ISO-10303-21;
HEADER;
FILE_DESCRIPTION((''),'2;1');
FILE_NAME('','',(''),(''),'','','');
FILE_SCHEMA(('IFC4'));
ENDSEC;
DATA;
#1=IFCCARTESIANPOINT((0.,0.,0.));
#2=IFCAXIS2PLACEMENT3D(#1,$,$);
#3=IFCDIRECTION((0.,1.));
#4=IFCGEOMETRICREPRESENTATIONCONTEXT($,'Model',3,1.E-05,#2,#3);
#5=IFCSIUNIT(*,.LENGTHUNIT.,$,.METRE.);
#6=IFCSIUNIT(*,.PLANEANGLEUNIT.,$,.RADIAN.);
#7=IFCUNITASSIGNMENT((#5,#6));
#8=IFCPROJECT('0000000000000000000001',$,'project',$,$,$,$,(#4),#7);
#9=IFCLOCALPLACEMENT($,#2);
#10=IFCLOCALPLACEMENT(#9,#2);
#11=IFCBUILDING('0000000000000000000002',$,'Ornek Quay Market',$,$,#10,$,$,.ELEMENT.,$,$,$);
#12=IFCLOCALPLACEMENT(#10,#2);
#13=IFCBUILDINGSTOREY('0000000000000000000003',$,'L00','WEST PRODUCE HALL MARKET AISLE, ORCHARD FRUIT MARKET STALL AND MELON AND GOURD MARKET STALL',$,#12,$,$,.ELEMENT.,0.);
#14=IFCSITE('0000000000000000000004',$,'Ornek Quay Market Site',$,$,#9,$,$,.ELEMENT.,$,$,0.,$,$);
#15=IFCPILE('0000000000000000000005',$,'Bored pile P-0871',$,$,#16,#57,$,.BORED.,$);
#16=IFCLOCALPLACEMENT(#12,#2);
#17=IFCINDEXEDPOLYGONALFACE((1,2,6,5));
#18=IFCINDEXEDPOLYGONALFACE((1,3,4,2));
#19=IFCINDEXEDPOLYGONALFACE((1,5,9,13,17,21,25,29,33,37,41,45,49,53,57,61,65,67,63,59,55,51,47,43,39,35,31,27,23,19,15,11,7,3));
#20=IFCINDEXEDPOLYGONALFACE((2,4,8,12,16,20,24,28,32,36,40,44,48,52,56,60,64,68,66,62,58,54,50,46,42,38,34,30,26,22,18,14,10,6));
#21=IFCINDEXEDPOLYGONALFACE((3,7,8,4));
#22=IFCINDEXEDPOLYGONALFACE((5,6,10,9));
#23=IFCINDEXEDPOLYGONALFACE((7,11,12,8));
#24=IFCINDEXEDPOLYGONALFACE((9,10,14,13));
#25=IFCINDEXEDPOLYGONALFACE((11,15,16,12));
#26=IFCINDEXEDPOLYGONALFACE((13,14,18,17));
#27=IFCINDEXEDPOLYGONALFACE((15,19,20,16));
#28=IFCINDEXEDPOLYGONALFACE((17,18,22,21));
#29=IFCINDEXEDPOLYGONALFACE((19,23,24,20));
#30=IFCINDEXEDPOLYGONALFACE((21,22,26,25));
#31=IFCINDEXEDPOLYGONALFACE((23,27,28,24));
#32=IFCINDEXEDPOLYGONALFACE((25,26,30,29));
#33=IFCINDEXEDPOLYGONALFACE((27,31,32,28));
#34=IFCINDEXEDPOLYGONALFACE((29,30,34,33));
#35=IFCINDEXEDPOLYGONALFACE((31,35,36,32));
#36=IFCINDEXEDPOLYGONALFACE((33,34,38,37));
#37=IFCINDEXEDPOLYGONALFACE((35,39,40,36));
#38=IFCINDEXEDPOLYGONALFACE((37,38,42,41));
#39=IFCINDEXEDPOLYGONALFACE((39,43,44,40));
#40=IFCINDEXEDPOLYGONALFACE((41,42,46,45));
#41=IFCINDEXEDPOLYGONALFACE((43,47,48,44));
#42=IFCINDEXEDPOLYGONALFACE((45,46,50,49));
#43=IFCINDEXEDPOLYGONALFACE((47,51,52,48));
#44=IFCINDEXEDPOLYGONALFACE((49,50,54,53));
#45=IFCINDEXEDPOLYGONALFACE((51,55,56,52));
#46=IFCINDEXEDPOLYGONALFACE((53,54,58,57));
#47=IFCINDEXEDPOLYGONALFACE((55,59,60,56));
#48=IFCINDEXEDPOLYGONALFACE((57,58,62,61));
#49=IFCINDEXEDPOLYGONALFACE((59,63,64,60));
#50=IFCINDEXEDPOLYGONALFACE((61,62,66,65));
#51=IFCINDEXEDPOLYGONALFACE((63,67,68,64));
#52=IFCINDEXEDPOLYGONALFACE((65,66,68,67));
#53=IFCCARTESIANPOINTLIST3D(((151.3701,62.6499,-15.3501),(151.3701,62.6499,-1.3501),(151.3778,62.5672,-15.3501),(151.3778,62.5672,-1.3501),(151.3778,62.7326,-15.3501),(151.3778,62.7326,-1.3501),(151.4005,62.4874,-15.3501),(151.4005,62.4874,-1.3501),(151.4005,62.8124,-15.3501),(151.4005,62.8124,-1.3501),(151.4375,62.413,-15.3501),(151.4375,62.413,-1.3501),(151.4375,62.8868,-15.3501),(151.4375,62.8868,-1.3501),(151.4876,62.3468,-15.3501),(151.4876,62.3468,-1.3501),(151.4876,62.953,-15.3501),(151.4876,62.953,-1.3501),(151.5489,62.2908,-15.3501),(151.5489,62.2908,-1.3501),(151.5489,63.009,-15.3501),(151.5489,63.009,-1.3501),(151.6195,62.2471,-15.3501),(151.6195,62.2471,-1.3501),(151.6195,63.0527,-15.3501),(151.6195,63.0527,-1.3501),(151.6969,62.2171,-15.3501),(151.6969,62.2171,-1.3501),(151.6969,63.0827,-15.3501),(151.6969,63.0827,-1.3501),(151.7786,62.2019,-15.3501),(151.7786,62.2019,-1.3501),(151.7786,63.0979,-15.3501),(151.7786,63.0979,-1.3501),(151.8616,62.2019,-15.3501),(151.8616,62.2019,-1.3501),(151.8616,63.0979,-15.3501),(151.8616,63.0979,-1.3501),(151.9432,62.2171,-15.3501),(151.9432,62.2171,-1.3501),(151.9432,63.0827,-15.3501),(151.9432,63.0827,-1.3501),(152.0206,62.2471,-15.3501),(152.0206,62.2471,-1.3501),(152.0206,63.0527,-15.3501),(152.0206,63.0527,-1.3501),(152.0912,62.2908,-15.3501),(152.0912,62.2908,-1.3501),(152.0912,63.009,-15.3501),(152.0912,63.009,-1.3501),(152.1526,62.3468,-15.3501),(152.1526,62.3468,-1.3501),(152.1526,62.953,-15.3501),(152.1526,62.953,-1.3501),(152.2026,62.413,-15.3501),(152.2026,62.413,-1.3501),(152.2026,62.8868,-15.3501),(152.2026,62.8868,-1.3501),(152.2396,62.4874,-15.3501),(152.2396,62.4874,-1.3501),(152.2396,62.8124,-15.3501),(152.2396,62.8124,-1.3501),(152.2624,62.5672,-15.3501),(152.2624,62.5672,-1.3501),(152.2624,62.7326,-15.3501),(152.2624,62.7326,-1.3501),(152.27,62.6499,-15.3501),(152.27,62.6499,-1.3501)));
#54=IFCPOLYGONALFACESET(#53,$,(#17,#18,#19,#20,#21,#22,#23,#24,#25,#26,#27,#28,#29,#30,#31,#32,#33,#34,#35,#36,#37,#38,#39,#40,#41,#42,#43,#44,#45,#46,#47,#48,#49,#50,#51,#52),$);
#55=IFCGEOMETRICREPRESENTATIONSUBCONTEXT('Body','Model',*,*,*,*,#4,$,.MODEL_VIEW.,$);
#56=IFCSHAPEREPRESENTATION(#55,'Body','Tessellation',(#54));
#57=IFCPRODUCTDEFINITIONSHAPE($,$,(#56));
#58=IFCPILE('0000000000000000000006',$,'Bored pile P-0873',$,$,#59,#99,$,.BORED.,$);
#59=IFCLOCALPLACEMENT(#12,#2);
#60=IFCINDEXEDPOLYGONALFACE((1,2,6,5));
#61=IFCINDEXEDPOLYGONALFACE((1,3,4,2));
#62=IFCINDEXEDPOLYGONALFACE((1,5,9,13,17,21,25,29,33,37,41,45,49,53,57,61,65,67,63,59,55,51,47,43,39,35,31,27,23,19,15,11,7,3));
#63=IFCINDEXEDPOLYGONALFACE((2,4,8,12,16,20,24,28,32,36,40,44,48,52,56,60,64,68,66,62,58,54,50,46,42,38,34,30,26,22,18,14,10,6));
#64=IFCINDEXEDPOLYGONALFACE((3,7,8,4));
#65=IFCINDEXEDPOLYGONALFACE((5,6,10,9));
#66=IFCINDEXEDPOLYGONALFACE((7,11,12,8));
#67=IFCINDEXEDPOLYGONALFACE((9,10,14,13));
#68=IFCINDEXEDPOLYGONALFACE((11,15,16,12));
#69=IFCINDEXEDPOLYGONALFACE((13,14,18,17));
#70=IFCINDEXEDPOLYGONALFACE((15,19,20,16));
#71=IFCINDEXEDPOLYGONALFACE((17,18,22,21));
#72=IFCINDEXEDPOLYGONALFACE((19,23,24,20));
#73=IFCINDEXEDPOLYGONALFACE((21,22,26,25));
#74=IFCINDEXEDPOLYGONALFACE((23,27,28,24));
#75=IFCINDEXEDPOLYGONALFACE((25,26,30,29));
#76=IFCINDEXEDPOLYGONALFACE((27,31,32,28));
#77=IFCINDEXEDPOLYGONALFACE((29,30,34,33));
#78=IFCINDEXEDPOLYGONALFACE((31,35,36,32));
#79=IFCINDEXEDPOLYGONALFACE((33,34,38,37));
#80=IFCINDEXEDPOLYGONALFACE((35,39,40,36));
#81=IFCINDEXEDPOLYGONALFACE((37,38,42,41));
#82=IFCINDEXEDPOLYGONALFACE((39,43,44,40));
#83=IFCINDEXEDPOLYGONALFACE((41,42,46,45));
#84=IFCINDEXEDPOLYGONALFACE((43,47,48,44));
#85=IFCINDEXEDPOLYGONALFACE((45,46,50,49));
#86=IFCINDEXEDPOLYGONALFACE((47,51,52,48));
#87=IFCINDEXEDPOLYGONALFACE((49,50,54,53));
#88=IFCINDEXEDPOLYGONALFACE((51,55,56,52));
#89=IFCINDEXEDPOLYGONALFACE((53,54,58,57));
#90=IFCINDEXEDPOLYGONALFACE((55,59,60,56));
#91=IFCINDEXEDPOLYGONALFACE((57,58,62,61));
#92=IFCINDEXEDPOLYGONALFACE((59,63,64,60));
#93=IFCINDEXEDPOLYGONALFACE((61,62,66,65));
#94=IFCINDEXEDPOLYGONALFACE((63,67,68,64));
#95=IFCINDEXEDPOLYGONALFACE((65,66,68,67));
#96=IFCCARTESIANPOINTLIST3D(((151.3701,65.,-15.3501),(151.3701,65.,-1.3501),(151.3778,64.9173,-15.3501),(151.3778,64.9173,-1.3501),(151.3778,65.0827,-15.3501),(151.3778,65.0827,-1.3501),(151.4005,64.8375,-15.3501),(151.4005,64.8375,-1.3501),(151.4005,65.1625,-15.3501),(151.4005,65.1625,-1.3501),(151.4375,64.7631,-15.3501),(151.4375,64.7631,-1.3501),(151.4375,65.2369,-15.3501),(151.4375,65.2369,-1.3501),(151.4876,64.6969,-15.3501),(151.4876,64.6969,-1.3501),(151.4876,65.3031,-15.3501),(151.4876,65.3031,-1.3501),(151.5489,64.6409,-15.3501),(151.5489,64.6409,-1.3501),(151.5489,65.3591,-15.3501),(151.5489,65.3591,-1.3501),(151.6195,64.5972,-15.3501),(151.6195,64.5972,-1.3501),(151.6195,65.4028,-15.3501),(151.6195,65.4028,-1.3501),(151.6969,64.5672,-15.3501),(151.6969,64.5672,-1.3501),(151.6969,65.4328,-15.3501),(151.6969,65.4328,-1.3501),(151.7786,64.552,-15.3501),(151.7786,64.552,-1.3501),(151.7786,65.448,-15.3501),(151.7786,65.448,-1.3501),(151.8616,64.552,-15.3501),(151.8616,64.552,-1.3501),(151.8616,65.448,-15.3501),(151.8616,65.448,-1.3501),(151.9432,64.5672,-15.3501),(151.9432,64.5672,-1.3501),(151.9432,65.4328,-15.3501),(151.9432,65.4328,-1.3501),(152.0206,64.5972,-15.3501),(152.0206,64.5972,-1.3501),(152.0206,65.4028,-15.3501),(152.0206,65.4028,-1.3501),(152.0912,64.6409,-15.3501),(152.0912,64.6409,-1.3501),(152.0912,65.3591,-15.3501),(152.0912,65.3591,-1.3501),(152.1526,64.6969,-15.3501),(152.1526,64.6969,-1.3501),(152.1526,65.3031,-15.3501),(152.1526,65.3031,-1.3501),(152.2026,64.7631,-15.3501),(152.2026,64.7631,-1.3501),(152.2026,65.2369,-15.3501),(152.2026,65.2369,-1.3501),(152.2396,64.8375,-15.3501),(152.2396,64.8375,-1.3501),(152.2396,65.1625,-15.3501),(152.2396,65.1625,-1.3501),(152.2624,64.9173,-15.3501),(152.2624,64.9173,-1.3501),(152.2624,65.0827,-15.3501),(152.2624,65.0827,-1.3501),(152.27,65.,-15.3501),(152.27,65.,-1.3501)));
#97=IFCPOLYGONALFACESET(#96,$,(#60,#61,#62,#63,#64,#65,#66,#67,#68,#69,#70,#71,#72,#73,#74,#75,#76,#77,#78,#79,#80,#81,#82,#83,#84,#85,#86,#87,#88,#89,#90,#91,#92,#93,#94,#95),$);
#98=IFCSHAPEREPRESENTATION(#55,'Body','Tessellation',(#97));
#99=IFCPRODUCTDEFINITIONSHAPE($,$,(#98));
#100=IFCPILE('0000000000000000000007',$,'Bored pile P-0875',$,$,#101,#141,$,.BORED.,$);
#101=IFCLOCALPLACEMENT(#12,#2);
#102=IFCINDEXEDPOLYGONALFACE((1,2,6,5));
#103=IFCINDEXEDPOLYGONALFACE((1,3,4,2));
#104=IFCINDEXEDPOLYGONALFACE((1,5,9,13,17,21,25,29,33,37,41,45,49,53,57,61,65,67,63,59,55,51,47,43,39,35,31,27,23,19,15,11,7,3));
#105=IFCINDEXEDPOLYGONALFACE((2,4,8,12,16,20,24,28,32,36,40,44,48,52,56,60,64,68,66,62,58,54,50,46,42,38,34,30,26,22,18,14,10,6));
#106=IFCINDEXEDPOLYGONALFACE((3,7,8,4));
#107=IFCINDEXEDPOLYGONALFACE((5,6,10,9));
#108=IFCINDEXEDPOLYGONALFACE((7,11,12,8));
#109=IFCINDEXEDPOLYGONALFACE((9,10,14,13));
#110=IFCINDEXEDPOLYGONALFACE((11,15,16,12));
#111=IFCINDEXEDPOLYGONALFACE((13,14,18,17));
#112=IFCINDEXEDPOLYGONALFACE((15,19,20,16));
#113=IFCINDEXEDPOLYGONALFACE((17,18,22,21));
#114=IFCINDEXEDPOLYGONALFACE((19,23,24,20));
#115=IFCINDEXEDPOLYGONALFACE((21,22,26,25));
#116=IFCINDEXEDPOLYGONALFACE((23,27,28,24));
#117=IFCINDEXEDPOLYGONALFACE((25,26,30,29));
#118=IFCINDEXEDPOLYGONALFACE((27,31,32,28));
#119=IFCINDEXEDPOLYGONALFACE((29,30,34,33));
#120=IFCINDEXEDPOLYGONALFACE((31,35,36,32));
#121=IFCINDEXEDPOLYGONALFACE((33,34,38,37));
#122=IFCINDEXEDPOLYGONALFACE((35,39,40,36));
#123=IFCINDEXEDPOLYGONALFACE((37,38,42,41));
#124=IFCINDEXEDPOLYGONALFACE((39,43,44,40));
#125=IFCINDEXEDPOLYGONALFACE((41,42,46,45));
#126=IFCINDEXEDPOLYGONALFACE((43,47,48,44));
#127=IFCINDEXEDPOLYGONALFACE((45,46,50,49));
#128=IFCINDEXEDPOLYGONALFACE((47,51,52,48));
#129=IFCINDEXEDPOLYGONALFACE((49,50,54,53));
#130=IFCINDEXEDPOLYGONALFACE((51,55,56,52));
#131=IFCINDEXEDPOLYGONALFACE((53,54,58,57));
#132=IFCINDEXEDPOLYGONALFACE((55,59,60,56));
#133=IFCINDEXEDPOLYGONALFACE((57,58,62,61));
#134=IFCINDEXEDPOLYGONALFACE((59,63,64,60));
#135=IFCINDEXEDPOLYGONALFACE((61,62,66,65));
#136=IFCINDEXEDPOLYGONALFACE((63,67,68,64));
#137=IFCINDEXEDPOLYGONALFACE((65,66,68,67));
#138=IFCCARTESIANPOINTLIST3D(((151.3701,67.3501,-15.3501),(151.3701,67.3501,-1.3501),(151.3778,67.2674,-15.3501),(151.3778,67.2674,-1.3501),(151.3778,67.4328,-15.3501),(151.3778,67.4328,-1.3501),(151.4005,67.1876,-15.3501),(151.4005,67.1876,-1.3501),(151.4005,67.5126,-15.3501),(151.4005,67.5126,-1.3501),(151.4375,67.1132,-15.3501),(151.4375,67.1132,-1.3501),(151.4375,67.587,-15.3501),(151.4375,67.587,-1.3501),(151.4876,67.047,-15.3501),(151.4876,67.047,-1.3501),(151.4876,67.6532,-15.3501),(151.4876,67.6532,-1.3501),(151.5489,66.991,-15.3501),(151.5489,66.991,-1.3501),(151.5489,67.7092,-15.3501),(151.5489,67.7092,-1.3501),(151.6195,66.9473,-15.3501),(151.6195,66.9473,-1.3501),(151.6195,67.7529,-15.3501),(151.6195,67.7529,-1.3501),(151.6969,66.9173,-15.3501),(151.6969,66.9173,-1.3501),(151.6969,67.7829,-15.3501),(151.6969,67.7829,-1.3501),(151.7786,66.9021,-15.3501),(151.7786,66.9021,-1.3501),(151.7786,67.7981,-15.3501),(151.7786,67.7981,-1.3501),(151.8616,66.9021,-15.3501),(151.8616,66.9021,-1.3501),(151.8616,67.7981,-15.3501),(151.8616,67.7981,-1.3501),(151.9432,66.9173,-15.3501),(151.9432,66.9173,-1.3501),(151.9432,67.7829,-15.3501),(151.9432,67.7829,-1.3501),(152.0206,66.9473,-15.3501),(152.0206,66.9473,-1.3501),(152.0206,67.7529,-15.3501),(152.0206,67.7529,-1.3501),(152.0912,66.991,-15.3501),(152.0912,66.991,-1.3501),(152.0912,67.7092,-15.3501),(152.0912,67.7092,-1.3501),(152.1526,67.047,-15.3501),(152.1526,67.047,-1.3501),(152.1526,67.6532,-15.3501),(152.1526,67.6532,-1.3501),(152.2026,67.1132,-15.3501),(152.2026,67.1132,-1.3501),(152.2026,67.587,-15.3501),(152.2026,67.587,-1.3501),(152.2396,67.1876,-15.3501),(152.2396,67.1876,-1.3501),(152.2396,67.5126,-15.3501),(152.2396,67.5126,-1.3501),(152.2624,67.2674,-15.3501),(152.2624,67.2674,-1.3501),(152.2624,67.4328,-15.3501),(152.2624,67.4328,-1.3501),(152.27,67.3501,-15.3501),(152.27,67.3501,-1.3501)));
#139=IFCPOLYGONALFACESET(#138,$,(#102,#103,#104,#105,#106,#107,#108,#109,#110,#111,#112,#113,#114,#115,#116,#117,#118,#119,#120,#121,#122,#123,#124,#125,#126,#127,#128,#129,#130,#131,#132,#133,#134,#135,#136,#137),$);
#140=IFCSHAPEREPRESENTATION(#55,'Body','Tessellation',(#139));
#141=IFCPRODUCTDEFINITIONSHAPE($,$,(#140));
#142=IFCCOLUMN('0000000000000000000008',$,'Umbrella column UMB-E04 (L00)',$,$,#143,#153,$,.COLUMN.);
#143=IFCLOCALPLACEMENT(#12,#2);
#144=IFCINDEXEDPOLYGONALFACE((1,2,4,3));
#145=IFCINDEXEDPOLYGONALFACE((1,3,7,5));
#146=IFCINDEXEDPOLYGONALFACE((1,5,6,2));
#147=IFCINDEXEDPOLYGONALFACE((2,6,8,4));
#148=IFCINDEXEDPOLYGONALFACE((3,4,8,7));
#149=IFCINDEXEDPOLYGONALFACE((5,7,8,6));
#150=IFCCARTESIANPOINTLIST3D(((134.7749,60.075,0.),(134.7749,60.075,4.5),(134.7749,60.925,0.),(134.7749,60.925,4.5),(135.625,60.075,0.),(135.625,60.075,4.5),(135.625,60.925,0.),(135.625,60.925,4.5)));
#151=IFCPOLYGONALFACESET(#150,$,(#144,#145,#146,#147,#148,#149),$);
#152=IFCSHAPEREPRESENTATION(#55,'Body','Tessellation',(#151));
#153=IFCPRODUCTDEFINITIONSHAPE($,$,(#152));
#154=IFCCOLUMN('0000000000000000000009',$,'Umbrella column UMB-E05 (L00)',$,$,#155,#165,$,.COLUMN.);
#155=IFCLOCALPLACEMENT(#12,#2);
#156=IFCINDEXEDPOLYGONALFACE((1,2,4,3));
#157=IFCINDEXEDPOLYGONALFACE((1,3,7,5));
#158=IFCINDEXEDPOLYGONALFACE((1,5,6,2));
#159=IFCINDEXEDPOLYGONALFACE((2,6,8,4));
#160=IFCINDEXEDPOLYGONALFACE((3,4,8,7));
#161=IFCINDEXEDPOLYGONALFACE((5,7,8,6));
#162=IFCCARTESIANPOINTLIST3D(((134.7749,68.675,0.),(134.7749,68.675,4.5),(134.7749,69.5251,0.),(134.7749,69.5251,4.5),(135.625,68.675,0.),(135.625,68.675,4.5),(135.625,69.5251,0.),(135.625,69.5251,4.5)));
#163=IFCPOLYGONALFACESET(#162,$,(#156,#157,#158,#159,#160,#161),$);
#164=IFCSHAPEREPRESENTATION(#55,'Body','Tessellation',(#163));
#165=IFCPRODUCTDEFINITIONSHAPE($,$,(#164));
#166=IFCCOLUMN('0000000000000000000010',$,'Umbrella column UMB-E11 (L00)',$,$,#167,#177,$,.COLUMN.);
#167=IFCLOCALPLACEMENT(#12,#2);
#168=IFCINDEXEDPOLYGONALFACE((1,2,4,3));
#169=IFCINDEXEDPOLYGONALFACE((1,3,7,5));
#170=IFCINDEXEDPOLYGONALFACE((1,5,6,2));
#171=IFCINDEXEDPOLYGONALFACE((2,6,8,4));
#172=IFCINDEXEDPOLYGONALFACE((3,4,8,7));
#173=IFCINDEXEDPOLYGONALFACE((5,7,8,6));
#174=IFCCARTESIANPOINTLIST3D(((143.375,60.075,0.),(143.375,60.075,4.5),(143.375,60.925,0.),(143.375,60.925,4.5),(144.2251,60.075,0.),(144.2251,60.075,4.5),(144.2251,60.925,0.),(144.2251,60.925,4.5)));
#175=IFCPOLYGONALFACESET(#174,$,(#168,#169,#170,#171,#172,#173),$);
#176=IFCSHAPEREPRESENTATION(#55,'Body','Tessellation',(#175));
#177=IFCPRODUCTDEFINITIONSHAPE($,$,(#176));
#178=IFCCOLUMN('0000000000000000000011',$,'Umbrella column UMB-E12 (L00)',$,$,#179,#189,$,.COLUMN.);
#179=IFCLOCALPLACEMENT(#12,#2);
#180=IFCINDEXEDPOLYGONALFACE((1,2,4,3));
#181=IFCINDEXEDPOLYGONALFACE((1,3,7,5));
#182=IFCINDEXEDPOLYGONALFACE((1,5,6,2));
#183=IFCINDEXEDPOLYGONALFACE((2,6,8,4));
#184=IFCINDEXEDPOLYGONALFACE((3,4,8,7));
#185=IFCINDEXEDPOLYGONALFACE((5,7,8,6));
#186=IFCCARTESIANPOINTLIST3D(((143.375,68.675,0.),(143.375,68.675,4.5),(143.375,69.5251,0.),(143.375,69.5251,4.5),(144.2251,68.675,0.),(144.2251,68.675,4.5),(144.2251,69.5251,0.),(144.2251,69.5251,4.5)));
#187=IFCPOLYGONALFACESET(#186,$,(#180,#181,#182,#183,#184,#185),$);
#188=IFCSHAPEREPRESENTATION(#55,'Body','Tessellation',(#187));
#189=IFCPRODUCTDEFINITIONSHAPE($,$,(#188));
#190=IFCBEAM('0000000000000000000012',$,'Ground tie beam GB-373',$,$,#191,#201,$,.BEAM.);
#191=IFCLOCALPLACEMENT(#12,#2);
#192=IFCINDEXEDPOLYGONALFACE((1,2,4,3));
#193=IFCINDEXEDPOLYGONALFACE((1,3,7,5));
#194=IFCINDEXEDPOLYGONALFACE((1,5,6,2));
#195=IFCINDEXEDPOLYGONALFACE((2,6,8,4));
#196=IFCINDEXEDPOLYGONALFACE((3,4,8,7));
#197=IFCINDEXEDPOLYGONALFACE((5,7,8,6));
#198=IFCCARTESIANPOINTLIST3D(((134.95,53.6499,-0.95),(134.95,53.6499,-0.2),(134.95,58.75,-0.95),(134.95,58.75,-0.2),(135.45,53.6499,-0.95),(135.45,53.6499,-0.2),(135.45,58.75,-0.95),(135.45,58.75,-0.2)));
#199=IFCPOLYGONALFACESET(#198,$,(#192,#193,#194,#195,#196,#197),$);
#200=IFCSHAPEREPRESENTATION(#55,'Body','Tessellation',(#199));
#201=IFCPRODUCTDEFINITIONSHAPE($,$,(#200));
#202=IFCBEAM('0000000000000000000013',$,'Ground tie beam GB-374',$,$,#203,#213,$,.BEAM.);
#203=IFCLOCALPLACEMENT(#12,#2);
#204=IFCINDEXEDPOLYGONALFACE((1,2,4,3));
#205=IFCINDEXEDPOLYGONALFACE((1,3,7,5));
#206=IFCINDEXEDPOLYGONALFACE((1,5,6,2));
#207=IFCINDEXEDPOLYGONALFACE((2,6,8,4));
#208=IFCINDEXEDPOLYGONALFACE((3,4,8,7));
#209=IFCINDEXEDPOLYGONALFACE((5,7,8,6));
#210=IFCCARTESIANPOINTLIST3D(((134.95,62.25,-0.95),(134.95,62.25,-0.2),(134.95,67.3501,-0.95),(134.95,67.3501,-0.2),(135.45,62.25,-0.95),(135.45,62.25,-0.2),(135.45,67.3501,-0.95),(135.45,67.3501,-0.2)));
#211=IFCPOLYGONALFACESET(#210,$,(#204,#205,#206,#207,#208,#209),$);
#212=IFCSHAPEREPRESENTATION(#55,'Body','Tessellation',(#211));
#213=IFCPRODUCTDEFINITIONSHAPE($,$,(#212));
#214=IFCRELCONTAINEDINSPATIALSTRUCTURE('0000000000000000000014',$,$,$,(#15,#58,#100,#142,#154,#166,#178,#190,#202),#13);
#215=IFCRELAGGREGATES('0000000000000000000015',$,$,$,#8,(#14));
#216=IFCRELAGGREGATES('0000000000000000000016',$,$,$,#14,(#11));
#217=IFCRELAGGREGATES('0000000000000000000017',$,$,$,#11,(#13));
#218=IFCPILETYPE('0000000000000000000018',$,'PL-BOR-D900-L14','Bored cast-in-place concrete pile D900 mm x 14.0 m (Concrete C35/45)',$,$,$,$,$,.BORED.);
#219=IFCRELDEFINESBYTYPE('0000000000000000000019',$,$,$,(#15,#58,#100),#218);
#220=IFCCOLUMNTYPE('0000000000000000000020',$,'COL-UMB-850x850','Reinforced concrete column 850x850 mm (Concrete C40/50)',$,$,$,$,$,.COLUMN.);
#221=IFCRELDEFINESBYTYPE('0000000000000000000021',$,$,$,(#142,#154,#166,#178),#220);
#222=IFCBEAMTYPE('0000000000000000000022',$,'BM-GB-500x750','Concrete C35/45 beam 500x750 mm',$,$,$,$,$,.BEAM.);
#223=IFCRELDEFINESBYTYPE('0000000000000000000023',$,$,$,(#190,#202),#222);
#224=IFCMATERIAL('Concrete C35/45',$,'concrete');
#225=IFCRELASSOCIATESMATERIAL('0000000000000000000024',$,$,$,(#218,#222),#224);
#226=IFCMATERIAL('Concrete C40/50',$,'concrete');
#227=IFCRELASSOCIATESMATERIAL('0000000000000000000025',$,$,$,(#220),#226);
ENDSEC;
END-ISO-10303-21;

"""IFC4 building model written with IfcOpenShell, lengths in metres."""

from ifc_helpers import new_model, si_unit, direction, frame, origin, origin_2d, place, context, subcontext, project, spatial, rectangle, circle, extrude, material, material_profile, profile_set, type_object, element, save


model = new_model("IFC4")

# Units and contexts
model_context = context("Model", 3, precision=1e-05, world=origin(), true_north=direction((0.0, 1.0)))
body_context = subcontext(model_context, "Body", "Model", "MODEL_VIEW")
ifc_project = project(units=[si_unit("LENGTHUNIT", "METRE"), si_unit("PLANEANGLEUNIT", "RADIAN")], contexts=[model_context])

# Site, building, storey
site_placement = place(None, origin())
site = spatial("IfcSite", under=ifc_project, at=site_placement, Name="Ornek Quay Market Site", CompositionType="ELEMENT", RefElevation=0.0)
building_placement = place(site_placement, origin())
building = spatial("IfcBuilding", under=site, at=building_placement, Name="Ornek Quay Market", CompositionType="ELEMENT")
storey_placement = place(building_placement, origin())
storey = spatial("IfcBuildingStorey", under=building, at=storey_placement, Name="L00", Description="WEST PRODUCE HALL MARKET AISLE, ORCHARD FRUIT MARKET STALL AND MELON AND GOURD MARKET STALL", CompositionType="ELEMENT", Elevation=0.0)

# Piles
ifc_material_1 = material(Name="Concrete C35/45", Category="concrete")
ifc_material_profile_1 = material_profile(ifc_material_1, circle(Radius=0.45, at=origin_2d()), Name="PILE D900", Category="concrete")
ifc_profile_set_1 = profile_set([ifc_material_profile_1], Name="Concrete C35/45")
pile_type_1 = type_object("IfcPileType", Name="PL-BOR-D900-L14", Description="Bored cast-in-place concrete pile D900 mm x 14.0 m (Concrete C35/45)", PredefinedType="BORED", material=ifc_profile_set_1)
for number, where, z_axis, x_axis, name in (
    (1, (151.8201, 62.6499, -1.3501), (0.0, 0.0, -1.0), (1.0, 0.0, 0.0), "Bored pile P-0871"),
    (2, (151.8201, 65.0, -1.3501), (0.0, 0.0, -1.0), (1.0, 0.0, 0.0), "Bored pile P-0873"),
    (3, (151.8201, 67.3501, -1.3501), (0.0, 0.0, -1.0), (1.0, 0.0, 0.0), "Bored pile P-0875"),
):
    element("IfcPile", number, at=place(storey_placement, frame(where, z_axis=z_axis, x_axis=x_axis)), inside=storey, type_object=pile_type_1, Name=name, PredefinedType="BORED", context=body_context, shape_type="SweptSolid", body=[
        extrude(circle(Radius=0.45, at=origin_2d()), origin(), (0.0, 0.0, 1.0), 14.0),
    ])

# Columns
ifc_material_2 = material(Name="Concrete C40/50", Category="concrete")
ifc_material_profile_2 = material_profile(ifc_material_2, rectangle(XDim=0.8501, YDim=0.8501, at=origin_2d()), Name="RC 850x850", Category="concrete")
ifc_profile_set_2 = profile_set([ifc_material_profile_2], Name="Concrete C40/50")
column_type = type_object("IfcColumnType", Name="COL-UMB-850x850", Description="Reinforced concrete column 850x850 mm (Concrete C40/50)", PredefinedType="COLUMN", material=ifc_profile_set_2)
for number, where, z_axis, x_axis, name in (
    (4, (135.2, 60.5, 0.0), (0.0, 0.0, 1.0), (1.0, 0.0, 0.0), "Umbrella column UMB-E04 (L00)"),
    (5, (135.2, 69.1001, 0.0), (0.0, 0.0, 1.0), (1.0, 0.0, 0.0), "Umbrella column UMB-E05 (L00)"),
    (6, (143.8, 60.5, 0.0), (0.0, 0.0, 1.0), (1.0, 0.0, 0.0), "Umbrella column UMB-E11 (L00)"),
    (7, (143.8, 69.1001, 0.0), (0.0, 0.0, 1.0), (1.0, 0.0, 0.0), "Umbrella column UMB-E12 (L00)"),
):
    element("IfcColumn", number, at=place(storey_placement, frame(where, z_axis=z_axis, x_axis=x_axis)), inside=storey, type_object=column_type, Name=name, PredefinedType="COLUMN", context=body_context, shape_type="SweptSolid", body=[
        extrude(rectangle(XDim=0.8501, YDim=0.8501, at=origin_2d()), origin(), (0.0, 0.0, 1.0), 4.5),
    ])

# Beams
ifc_material_profile_3 = material_profile(ifc_material_1, rectangle(XDim=0.5, YDim=0.75, at=origin_2d()), Name="RC 500x750", Category="concrete")
ifc_profile_set_3 = profile_set([ifc_material_profile_3], Name="Concrete C35/45")
beam_type_1 = type_object("IfcBeamType", Name="BM-GB-500x750", Description="Concrete C35/45 beam 500x750 mm", PredefinedType="BEAM", material=ifc_profile_set_3)
for number, where, z_axis, x_axis, name in (
    (8, (135.2, 53.6499, -0.575), (0.0, 1.0, 0.0), (-1.0, 0.0, 0.0), "Ground tie beam GB-373"),
    (9, (135.2, 62.25, -0.575), (0.0, 1.0, 0.0), (-1.0, 0.0, 0.0), "Ground tie beam GB-374"),
):
    element("IfcBeam", number, at=place(storey_placement, frame(where, z_axis=z_axis, x_axis=x_axis)), inside=storey, type_object=beam_type_1, Name=name, PredefinedType="BEAM", context=body_context, shape_type="SweptSolid", body=[
        extrude(rectangle(XDim=0.5, YDim=0.75, at=origin_2d()), origin(), (0.0, 0.0, 1.0), 5.1001),
    ])

save(model, "model.ifc")
